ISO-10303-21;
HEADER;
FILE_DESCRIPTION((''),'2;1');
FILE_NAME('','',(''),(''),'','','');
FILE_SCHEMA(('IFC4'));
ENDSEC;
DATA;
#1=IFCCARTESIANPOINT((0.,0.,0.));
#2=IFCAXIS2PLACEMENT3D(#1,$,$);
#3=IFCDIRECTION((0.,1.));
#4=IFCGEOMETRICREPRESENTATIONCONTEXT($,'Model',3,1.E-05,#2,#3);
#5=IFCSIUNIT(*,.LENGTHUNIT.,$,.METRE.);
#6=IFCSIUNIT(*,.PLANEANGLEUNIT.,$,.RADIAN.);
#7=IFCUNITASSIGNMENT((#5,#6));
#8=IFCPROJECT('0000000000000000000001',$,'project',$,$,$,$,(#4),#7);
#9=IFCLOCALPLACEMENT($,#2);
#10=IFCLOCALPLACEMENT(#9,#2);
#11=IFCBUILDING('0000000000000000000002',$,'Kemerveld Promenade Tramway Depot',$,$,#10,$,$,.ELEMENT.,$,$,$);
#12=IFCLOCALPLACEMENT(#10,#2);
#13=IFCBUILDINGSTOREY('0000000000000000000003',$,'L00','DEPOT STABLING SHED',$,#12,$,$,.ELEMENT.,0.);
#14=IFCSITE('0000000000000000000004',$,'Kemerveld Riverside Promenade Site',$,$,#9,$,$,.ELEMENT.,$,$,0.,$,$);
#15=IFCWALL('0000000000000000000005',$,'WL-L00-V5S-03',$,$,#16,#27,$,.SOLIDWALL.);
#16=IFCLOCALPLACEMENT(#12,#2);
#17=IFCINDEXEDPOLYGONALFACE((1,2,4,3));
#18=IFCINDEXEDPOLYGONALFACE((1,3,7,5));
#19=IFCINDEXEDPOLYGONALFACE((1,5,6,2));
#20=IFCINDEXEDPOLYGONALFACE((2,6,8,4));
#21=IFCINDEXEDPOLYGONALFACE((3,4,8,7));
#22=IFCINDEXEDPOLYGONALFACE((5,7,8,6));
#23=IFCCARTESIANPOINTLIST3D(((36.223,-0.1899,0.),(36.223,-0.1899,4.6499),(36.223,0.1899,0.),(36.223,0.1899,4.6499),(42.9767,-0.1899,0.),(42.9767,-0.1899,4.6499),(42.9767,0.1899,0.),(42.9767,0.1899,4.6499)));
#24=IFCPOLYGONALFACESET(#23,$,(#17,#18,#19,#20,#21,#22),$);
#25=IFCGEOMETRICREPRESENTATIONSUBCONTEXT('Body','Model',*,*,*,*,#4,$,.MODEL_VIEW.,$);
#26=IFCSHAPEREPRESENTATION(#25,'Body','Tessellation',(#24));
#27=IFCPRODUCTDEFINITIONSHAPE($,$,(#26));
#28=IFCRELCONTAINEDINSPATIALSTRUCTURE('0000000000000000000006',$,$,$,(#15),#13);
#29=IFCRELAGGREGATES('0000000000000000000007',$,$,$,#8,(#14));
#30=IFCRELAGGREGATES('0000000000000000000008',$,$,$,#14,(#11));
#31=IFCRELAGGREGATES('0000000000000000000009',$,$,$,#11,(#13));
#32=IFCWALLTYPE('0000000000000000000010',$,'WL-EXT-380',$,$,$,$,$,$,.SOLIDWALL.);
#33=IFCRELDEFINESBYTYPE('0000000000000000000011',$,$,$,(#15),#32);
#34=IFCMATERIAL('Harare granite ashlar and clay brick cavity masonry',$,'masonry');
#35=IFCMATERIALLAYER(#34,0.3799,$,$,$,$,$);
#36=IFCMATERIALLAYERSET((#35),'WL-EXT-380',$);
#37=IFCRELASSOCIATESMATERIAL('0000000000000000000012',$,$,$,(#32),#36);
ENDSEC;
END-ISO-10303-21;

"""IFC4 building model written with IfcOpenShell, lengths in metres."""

from ifc_helpers import new_model, si_unit, direction, frame, frame_2d, origin, place, context, subcontext, project, spatial, rectangle, extrude, material, layer, layer_set, type_object, element, save


model = new_model("IFC4")

# Units and contexts
model_context = context("Model", 3, precision=1e-05, world=origin(), true_north=direction((0.0, 1.0)))
body_context = subcontext(model_context, "Body", "Model", "MODEL_VIEW")
ifc_project = project(units=[si_unit("LENGTHUNIT", "METRE"), si_unit("PLANEANGLEUNIT", "RADIAN")], contexts=[model_context])

# Site, building, storey
site_placement = place(None, origin())
site = spatial("IfcSite", under=ifc_project, at=site_placement, Name="Kemerveld Riverside Promenade Site", CompositionType="ELEMENT", RefElevation=0.0)
building_placement = place(site_placement, origin())
building = spatial("IfcBuilding", under=site, at=building_placement, Name="Kemerveld Promenade Tramway Depot", CompositionType="ELEMENT")
storey_placement = place(building_placement, origin())
storey = spatial("IfcBuildingStorey", under=building, at=storey_placement, Name="L00", Description="DEPOT STABLING SHED", CompositionType="ELEMENT", Elevation=0.0)

# Wall
ifc_material_1 = material(Name="Harare granite ashlar and clay brick cavity masonry", Category="masonry")
ifc_layer_1 = layer(ifc_material_1, 0.3799)
ifc_layer_set_1 = layer_set([ifc_layer_1], Name="WL-EXT-380")
wall_type = type_object("IfcWallType", Name="WL-EXT-380", PredefinedType="SOLIDWALL", material=ifc_layer_set_1)
wall_placement = place(storey_placement, frame((42.9768, 0.0, 0.0), z_axis=(0.0, 0.0, 1.0), x_axis=(-1.0, 0.0, 0.0)))
element("IfcWall", 1, at=wall_placement, inside=storey, type_object=wall_type, Name="WL-L00-V5S-03", PredefinedType="SOLIDWALL", context=body_context, shape_type="SweptSolid", body=[
    extrude(rectangle(XDim=6.7537, YDim=0.3799, at=frame_2d((3.377, 0.0))), origin(), (0.0, 0.0, 1.0), 4.6499),
])

save(model, "model.ifc")
